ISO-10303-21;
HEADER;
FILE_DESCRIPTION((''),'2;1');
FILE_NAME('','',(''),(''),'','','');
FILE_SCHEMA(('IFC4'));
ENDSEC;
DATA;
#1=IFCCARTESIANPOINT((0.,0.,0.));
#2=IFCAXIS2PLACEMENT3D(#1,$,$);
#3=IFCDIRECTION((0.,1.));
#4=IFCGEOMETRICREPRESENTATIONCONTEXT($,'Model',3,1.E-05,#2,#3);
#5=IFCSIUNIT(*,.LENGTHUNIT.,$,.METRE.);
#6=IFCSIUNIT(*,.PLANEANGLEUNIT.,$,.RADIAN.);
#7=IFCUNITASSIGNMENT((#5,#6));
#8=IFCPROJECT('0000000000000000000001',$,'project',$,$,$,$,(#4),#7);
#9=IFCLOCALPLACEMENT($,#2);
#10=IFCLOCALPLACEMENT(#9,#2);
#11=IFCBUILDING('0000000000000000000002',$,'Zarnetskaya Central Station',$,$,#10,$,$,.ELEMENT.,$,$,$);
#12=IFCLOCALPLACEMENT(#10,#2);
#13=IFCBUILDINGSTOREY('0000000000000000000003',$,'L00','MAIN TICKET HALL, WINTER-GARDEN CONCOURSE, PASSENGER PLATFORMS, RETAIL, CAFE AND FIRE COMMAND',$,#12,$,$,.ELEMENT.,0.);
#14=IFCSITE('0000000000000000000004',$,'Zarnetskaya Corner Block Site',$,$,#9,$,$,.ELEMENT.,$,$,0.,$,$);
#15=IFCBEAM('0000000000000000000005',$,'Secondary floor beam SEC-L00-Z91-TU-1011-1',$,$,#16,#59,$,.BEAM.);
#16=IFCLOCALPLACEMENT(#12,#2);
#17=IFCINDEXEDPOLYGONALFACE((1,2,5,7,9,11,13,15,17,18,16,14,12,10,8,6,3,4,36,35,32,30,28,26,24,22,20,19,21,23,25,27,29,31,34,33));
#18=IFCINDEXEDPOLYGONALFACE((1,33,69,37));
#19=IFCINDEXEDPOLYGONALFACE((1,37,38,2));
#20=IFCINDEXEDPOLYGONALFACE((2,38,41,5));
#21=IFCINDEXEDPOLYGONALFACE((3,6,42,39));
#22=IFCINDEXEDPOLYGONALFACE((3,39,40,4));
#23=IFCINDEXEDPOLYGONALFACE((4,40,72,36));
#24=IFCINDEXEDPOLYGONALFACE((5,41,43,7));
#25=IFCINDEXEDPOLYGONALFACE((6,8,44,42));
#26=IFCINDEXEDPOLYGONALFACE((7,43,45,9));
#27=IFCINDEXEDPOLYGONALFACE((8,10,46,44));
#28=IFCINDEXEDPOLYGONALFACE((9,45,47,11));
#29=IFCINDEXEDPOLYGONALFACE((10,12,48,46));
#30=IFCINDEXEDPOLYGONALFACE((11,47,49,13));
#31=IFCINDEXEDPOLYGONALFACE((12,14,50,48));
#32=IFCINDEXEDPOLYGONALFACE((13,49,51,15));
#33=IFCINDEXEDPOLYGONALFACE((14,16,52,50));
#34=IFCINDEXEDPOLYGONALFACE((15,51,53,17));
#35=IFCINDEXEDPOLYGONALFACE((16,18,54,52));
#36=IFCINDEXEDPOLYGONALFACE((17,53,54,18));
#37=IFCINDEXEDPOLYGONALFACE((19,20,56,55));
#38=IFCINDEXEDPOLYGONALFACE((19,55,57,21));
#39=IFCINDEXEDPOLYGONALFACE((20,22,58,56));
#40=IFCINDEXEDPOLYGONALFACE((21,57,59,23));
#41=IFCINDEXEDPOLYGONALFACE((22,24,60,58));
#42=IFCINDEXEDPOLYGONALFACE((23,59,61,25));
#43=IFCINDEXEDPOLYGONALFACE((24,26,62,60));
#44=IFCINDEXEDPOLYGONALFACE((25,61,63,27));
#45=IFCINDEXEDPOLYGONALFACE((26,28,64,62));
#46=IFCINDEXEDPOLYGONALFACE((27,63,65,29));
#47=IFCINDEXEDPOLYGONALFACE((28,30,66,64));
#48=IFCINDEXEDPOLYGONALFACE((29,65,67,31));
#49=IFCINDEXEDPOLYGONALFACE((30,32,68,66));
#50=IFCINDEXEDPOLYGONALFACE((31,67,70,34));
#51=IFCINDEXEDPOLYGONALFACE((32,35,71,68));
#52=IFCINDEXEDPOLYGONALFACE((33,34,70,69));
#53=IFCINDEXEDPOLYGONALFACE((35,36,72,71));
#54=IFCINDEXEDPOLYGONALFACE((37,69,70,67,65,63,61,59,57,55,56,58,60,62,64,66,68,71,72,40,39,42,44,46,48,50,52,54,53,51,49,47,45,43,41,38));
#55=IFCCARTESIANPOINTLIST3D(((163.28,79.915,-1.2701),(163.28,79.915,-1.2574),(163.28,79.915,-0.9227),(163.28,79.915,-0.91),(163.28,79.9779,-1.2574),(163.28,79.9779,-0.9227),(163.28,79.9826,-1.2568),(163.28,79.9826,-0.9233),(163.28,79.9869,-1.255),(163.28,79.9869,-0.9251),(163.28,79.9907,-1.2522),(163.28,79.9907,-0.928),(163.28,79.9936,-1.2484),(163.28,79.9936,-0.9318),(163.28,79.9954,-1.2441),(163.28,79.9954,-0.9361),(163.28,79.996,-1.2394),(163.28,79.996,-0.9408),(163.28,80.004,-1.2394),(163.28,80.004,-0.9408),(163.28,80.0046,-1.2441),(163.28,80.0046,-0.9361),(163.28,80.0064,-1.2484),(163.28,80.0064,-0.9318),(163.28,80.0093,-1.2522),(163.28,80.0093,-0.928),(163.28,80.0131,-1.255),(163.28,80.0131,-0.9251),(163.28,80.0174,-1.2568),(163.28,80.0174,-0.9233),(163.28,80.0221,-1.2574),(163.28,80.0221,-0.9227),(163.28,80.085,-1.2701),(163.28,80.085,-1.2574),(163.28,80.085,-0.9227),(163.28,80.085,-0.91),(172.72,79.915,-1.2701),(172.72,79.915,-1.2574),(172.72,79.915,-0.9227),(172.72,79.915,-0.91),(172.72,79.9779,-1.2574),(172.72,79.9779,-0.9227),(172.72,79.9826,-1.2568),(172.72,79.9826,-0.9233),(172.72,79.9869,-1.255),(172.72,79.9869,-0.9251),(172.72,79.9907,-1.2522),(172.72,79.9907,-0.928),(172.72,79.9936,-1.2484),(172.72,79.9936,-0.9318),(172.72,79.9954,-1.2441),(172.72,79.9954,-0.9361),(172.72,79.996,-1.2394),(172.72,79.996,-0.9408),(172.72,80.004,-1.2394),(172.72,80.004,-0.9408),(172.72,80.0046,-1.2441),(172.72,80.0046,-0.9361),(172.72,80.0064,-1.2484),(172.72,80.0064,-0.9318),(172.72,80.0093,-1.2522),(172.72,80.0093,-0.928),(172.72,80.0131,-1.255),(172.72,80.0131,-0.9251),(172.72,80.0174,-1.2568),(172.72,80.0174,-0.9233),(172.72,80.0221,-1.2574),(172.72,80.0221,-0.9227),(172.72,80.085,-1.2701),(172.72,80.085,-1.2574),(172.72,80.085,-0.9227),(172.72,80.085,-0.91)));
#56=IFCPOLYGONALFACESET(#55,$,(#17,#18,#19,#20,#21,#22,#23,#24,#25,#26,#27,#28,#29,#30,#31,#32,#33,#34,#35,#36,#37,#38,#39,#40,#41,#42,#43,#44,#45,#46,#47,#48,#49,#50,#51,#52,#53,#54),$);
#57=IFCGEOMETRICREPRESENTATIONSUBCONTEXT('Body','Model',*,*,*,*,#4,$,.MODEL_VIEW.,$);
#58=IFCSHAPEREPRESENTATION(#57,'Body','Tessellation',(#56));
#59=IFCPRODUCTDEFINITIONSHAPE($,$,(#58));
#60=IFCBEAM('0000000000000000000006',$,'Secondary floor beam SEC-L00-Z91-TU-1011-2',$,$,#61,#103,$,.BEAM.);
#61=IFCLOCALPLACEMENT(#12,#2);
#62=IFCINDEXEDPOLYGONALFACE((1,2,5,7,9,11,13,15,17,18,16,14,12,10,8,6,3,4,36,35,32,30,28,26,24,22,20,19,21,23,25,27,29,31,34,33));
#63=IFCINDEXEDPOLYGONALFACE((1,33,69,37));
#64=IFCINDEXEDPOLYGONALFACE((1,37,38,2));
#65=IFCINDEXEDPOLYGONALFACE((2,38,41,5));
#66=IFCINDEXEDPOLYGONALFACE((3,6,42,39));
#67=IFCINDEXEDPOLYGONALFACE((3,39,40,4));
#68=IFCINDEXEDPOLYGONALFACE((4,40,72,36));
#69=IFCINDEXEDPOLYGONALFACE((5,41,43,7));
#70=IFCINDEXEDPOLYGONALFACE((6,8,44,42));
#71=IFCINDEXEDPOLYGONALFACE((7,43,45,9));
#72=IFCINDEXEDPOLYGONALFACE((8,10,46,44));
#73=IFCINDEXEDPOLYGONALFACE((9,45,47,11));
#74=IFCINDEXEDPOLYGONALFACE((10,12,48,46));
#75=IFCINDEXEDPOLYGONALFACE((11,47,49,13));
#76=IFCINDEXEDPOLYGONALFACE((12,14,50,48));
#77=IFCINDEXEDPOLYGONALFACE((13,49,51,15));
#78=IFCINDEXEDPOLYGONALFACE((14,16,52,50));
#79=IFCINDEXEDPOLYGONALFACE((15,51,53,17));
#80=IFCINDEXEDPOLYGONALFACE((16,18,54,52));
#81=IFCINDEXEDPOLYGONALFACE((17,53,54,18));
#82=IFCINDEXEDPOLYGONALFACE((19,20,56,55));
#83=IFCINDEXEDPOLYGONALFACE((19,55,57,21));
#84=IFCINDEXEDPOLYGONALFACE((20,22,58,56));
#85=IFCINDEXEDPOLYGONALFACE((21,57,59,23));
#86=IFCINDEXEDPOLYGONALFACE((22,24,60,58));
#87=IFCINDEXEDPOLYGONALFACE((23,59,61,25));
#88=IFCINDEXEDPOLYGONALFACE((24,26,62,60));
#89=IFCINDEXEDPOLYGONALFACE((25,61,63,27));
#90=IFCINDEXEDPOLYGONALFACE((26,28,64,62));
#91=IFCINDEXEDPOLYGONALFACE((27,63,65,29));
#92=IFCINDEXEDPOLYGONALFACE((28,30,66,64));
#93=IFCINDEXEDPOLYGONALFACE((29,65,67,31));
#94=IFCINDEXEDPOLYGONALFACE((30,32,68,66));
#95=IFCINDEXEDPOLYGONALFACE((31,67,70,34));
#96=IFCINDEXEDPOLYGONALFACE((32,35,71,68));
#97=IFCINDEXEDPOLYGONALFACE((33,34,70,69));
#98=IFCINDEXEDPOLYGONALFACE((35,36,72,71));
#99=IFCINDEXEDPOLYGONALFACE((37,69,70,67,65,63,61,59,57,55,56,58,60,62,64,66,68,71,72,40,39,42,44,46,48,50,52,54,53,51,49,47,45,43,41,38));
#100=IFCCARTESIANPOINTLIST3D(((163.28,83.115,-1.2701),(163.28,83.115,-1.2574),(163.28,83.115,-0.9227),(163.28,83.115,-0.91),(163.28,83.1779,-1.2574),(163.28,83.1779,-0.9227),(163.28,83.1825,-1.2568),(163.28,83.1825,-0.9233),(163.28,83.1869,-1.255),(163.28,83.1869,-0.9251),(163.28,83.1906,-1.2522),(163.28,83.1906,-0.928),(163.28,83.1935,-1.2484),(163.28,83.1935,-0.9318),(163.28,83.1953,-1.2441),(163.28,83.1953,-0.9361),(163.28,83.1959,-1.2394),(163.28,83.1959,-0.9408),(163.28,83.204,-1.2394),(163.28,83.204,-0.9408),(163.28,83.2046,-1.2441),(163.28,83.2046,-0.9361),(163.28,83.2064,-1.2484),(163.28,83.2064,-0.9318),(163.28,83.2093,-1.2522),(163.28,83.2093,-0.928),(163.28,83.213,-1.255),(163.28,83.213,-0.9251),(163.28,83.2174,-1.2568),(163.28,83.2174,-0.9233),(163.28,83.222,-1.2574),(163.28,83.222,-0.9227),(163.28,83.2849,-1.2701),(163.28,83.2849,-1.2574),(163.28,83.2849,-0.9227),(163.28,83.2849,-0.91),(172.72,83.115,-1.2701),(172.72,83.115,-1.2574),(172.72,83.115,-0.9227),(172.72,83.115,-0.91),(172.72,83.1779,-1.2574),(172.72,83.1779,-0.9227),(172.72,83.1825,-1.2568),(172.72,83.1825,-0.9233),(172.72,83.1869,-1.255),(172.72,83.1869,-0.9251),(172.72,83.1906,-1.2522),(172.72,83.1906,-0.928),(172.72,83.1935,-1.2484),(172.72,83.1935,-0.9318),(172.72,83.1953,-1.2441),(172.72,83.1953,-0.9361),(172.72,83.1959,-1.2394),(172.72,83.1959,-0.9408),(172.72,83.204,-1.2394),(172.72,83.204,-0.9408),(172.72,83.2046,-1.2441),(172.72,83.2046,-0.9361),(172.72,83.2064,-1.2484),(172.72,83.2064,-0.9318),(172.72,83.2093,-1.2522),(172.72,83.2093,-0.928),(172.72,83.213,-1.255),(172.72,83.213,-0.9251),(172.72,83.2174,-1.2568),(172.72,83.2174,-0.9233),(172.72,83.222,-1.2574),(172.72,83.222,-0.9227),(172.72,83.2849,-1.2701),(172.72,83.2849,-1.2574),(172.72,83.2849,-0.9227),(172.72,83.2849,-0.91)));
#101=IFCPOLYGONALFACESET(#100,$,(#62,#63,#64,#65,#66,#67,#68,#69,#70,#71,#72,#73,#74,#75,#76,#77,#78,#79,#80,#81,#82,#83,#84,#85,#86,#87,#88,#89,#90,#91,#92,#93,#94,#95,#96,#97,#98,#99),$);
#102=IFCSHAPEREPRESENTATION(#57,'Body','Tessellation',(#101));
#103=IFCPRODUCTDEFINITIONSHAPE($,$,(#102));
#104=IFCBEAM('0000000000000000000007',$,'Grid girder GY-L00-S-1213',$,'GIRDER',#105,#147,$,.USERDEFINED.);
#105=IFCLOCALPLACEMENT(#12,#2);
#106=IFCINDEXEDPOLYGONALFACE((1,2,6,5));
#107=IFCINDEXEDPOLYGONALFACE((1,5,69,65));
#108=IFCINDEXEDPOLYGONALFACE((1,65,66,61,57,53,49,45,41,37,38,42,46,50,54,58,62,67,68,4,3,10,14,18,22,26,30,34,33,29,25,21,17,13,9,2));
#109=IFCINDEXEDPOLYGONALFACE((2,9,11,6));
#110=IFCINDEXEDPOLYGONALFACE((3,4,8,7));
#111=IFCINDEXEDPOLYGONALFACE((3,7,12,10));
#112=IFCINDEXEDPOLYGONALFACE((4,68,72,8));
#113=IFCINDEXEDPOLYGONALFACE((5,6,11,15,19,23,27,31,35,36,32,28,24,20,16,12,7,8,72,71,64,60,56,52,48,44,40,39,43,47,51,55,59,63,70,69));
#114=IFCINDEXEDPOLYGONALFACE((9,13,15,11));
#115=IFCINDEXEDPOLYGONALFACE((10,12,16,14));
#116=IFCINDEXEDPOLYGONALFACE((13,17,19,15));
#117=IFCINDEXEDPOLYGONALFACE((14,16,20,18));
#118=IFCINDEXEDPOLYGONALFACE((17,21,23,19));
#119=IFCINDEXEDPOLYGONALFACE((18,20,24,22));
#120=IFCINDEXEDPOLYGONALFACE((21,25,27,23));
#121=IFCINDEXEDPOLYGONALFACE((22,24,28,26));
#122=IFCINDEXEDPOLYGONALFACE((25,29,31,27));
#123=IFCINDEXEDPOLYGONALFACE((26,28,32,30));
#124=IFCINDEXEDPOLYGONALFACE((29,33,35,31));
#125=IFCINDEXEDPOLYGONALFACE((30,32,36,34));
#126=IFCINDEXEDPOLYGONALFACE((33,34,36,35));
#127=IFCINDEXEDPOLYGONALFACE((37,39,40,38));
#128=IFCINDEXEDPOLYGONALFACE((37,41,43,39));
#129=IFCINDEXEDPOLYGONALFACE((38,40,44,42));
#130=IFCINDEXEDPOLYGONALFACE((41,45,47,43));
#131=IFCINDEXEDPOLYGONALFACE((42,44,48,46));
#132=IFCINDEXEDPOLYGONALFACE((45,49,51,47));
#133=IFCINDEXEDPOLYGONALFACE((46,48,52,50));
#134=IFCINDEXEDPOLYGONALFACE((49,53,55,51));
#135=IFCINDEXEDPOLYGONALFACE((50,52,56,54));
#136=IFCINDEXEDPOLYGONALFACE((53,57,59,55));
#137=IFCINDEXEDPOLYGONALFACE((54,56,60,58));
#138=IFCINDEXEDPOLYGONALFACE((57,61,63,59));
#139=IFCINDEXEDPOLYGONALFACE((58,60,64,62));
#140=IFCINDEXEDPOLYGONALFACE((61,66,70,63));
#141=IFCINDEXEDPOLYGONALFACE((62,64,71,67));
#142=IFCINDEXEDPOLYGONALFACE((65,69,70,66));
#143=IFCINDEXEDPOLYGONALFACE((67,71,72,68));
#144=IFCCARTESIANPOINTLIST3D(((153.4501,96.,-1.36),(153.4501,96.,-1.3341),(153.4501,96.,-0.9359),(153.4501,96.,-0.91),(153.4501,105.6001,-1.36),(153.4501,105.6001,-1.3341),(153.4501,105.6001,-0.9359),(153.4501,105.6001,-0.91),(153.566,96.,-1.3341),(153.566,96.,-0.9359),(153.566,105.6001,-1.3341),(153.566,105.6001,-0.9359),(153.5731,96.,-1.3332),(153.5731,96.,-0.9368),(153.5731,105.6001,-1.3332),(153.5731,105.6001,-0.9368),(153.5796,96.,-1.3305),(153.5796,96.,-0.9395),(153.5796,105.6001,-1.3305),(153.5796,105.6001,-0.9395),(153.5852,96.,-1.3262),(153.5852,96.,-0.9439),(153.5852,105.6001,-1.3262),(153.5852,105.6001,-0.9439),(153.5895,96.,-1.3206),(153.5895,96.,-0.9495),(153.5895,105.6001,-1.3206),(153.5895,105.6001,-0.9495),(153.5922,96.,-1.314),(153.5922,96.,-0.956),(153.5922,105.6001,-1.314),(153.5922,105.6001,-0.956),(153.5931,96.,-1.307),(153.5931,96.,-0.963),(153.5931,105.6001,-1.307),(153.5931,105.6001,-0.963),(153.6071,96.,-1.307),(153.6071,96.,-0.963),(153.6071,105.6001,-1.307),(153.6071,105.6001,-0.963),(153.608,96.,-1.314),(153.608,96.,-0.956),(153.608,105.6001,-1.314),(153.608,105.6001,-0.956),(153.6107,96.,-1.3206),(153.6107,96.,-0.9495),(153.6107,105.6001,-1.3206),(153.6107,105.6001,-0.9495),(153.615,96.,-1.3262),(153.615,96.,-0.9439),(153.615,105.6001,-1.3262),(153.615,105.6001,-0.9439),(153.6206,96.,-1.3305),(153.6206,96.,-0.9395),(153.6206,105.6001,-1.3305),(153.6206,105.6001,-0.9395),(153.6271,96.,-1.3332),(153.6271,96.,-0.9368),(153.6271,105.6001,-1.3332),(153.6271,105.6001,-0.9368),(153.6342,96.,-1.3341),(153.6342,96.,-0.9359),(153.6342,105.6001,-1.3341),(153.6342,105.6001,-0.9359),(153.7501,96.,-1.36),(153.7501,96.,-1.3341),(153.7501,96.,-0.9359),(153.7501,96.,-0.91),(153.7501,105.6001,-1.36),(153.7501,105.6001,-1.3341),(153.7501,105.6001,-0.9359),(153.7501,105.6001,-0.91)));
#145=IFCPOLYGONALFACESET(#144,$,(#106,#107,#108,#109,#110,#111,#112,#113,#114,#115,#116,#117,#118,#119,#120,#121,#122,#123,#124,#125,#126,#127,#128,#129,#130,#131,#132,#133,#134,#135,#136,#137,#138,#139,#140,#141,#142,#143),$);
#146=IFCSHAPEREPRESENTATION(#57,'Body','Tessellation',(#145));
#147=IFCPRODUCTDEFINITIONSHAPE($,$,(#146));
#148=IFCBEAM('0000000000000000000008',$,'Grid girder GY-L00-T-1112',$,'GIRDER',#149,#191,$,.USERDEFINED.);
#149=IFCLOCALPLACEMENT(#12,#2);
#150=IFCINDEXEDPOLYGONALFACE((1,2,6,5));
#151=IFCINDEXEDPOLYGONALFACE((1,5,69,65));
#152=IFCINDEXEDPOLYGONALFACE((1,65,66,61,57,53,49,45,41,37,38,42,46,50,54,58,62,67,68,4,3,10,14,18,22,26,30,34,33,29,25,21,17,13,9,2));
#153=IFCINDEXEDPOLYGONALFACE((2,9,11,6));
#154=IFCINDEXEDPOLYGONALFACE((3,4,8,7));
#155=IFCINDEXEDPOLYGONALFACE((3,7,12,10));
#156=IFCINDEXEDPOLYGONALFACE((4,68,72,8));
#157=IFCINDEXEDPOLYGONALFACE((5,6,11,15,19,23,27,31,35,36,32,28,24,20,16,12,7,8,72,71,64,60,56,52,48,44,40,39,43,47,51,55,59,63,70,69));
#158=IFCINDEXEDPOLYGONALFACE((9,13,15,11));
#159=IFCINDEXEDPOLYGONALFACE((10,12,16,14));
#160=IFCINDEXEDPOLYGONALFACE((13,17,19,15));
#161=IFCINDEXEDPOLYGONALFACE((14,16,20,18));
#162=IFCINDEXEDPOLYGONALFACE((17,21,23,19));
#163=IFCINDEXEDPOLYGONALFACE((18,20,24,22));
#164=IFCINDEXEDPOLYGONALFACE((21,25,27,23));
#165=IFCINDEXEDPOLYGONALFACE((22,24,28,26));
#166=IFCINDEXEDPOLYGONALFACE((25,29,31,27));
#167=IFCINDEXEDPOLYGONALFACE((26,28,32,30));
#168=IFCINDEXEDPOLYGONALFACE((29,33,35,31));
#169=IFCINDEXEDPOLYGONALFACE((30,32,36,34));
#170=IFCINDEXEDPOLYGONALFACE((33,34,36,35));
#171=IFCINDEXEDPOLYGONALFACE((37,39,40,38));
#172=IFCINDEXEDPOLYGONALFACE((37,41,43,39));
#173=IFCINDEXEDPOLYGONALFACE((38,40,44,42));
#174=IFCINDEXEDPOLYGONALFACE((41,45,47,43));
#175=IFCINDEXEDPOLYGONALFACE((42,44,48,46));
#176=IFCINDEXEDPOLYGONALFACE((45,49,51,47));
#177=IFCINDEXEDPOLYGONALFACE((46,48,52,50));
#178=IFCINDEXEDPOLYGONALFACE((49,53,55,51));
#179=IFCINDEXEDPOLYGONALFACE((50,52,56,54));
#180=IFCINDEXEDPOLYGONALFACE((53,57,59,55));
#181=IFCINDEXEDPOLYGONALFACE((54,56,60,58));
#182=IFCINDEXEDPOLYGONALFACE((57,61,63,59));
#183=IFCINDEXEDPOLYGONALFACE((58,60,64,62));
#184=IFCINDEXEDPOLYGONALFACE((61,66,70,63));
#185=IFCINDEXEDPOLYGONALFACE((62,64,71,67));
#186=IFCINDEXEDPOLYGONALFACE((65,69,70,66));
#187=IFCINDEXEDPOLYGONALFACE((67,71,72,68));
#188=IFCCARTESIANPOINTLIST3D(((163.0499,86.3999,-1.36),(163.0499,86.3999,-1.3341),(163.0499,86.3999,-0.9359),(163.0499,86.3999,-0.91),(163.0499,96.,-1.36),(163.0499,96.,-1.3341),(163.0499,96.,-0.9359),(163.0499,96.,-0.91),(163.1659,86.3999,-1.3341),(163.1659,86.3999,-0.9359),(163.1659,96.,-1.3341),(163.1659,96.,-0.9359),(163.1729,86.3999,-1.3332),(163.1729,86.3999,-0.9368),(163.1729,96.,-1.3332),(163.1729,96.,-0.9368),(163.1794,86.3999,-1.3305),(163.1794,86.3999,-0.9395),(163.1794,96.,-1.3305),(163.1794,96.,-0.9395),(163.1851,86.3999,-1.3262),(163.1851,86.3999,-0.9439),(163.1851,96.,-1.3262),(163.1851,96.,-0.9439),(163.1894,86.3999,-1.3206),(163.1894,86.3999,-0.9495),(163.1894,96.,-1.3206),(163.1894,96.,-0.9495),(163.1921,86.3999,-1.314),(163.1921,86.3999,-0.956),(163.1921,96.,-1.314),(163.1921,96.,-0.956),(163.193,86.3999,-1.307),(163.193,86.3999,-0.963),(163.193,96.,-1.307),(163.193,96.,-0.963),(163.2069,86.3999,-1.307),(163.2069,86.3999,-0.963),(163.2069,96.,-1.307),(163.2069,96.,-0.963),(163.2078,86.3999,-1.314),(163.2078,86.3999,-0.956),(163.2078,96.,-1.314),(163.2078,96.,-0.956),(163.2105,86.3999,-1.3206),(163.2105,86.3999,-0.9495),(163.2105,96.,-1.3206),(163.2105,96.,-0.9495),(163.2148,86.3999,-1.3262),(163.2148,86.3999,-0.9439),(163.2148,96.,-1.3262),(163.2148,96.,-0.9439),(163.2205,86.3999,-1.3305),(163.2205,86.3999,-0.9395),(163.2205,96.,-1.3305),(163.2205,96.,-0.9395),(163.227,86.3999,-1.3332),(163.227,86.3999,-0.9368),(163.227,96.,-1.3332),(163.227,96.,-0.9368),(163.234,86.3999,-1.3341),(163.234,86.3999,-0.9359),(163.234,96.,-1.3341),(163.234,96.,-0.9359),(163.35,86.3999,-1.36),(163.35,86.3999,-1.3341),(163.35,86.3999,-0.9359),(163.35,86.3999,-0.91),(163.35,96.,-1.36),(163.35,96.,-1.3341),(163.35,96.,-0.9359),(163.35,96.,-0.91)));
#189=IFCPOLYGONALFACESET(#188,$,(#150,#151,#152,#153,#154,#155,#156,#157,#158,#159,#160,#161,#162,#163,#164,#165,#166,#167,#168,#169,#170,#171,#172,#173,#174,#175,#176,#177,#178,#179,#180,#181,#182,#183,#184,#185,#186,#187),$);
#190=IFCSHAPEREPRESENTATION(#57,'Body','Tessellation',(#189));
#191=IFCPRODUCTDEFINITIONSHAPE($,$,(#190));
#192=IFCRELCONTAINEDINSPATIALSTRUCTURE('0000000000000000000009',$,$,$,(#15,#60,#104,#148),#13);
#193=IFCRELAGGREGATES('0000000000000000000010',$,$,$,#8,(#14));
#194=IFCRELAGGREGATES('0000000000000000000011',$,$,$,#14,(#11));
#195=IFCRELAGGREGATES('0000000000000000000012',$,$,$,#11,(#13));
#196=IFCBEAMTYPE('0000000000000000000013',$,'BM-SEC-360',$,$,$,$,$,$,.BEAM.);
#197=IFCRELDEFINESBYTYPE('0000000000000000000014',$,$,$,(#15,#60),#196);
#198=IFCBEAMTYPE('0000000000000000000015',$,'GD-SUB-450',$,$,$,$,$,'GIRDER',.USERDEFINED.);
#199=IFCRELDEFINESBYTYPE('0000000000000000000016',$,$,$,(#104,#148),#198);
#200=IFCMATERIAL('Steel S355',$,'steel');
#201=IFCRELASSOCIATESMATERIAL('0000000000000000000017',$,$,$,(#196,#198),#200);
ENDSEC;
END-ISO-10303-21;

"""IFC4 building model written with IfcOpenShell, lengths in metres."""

from ifc_helpers import new_model, si_unit, direction, frame, origin, origin_2d, place, context, subcontext, project, spatial, i_section, extrude, material, material_profile, profile_set, type_object, element, save


model = new_model("IFC4")

# Units and contexts
model_context = context("Model", 3, precision=1e-05, world=origin(), true_north=direction((0.0, 1.0)))
body_context = subcontext(model_context, "Body", "Model", "MODEL_VIEW")
ifc_project = project(units=[si_unit("LENGTHUNIT", "METRE"), si_unit("PLANEANGLEUNIT", "RADIAN")], contexts=[model_context])

# Site, building, storey
site_placement = place(None, origin())
site = spatial("IfcSite", under=ifc_project, at=site_placement, Name="Zarnetskaya Corner Block Site", CompositionType="ELEMENT", RefElevation=0.0)
building_placement = place(site_placement, origin())
building = spatial("IfcBuilding", under=site, at=building_placement, Name="Zarnetskaya Central Station", CompositionType="ELEMENT")
storey_placement = place(building_placement, origin())
storey = spatial("IfcBuildingStorey", under=building, at=storey_placement, Name="L00", Description="MAIN TICKET HALL, WINTER-GARDEN CONCOURSE, PASSENGER PLATFORMS, RETAIL, CAFE AND FIRE COMMAND", CompositionType="ELEMENT", Elevation=0.0)

# Shared definitions
ifc_material = material(Name="Steel S355", Category="steel")

# Beams
ifc_material_profile_1 = material_profile(ifc_material, i_section(OverallWidth=0.1699, OverallDepth=0.3601, WebThickness=0.0081, FlangeThickness=0.0127, FilletRadius=0.0181, at=origin_2d()), Name="IPE 360")
ifc_profile_set_1 = profile_set([ifc_material_profile_1], Name="Steel S355")
beam_type_1 = type_object("IfcBeamType", Name="BM-SEC-360", PredefinedType="BEAM", material=ifc_profile_set_1)
for number, where, z_axis, x_axis, name in (
    (1, (163.28, 80.0, -1.0901), (1.0, 0.0, 0.0), (0.0, 1.0, 0.0), "Secondary floor beam SEC-L00-Z91-TU-1011-1"),
    (2, (163.28, 83.2, -1.0901), (1.0, 0.0, 0.0), (0.0, 1.0, 0.0), "Secondary floor beam SEC-L00-Z91-TU-1011-2"),
):
    element("IfcBeam", number, at=place(storey_placement, frame(where, z_axis=z_axis, x_axis=x_axis)), inside=storey, type_object=beam_type_1, Name=name, PredefinedType="BEAM", context=body_context, shape_type="SweptSolid", body=[
        extrude(i_section(OverallWidth=0.1699, OverallDepth=0.3601, WebThickness=0.0081, FlangeThickness=0.0127, FilletRadius=0.0181, at=origin_2d()), origin(), (0.0, 0.0, 1.0), 9.4399),
    ])
ifc_material_profile_2 = material_profile(ifc_material, i_section(OverallWidth=0.3, OverallDepth=0.45, WebThickness=0.0139, FlangeThickness=0.0259, FilletRadius=0.0271, at=origin_2d()), Name="HEB 450")
ifc_profile_set_2 = profile_set([ifc_material_profile_2], Name="Steel S355")
beam_type_2 = type_object("IfcBeamType", Name="GD-SUB-450", ElementType="GIRDER", PredefinedType="USERDEFINED", material=ifc_profile_set_2)
for number, where, z_axis, x_axis, name in (
    (3, (153.6001, 96.0, -1.135), (0.0, 1.0, 0.0), (-1.0, 0.0, 0.0), "Grid girder GY-L00-S-1213"),
    (4, (163.2, 86.3999, -1.135), (0.0, 1.0, 0.0), (-1.0, 0.0, 0.0), "Grid girder GY-L00-T-1112"),
):
    element("IfcBeam", number, at=place(storey_placement, frame(where, z_axis=z_axis, x_axis=x_axis)), inside=storey, type_object=beam_type_2, Name=name, ObjectType="GIRDER", PredefinedType="USERDEFINED", context=body_context, shape_type="SweptSolid", body=[
        extrude(i_section(OverallWidth=0.3, OverallDepth=0.45, WebThickness=0.0139, FlangeThickness=0.0259, FilletRadius=0.0271, at=origin_2d()), origin(), (0.0, 0.0, 1.0), 9.6001),
    ])

save(model, "model.ifc")
